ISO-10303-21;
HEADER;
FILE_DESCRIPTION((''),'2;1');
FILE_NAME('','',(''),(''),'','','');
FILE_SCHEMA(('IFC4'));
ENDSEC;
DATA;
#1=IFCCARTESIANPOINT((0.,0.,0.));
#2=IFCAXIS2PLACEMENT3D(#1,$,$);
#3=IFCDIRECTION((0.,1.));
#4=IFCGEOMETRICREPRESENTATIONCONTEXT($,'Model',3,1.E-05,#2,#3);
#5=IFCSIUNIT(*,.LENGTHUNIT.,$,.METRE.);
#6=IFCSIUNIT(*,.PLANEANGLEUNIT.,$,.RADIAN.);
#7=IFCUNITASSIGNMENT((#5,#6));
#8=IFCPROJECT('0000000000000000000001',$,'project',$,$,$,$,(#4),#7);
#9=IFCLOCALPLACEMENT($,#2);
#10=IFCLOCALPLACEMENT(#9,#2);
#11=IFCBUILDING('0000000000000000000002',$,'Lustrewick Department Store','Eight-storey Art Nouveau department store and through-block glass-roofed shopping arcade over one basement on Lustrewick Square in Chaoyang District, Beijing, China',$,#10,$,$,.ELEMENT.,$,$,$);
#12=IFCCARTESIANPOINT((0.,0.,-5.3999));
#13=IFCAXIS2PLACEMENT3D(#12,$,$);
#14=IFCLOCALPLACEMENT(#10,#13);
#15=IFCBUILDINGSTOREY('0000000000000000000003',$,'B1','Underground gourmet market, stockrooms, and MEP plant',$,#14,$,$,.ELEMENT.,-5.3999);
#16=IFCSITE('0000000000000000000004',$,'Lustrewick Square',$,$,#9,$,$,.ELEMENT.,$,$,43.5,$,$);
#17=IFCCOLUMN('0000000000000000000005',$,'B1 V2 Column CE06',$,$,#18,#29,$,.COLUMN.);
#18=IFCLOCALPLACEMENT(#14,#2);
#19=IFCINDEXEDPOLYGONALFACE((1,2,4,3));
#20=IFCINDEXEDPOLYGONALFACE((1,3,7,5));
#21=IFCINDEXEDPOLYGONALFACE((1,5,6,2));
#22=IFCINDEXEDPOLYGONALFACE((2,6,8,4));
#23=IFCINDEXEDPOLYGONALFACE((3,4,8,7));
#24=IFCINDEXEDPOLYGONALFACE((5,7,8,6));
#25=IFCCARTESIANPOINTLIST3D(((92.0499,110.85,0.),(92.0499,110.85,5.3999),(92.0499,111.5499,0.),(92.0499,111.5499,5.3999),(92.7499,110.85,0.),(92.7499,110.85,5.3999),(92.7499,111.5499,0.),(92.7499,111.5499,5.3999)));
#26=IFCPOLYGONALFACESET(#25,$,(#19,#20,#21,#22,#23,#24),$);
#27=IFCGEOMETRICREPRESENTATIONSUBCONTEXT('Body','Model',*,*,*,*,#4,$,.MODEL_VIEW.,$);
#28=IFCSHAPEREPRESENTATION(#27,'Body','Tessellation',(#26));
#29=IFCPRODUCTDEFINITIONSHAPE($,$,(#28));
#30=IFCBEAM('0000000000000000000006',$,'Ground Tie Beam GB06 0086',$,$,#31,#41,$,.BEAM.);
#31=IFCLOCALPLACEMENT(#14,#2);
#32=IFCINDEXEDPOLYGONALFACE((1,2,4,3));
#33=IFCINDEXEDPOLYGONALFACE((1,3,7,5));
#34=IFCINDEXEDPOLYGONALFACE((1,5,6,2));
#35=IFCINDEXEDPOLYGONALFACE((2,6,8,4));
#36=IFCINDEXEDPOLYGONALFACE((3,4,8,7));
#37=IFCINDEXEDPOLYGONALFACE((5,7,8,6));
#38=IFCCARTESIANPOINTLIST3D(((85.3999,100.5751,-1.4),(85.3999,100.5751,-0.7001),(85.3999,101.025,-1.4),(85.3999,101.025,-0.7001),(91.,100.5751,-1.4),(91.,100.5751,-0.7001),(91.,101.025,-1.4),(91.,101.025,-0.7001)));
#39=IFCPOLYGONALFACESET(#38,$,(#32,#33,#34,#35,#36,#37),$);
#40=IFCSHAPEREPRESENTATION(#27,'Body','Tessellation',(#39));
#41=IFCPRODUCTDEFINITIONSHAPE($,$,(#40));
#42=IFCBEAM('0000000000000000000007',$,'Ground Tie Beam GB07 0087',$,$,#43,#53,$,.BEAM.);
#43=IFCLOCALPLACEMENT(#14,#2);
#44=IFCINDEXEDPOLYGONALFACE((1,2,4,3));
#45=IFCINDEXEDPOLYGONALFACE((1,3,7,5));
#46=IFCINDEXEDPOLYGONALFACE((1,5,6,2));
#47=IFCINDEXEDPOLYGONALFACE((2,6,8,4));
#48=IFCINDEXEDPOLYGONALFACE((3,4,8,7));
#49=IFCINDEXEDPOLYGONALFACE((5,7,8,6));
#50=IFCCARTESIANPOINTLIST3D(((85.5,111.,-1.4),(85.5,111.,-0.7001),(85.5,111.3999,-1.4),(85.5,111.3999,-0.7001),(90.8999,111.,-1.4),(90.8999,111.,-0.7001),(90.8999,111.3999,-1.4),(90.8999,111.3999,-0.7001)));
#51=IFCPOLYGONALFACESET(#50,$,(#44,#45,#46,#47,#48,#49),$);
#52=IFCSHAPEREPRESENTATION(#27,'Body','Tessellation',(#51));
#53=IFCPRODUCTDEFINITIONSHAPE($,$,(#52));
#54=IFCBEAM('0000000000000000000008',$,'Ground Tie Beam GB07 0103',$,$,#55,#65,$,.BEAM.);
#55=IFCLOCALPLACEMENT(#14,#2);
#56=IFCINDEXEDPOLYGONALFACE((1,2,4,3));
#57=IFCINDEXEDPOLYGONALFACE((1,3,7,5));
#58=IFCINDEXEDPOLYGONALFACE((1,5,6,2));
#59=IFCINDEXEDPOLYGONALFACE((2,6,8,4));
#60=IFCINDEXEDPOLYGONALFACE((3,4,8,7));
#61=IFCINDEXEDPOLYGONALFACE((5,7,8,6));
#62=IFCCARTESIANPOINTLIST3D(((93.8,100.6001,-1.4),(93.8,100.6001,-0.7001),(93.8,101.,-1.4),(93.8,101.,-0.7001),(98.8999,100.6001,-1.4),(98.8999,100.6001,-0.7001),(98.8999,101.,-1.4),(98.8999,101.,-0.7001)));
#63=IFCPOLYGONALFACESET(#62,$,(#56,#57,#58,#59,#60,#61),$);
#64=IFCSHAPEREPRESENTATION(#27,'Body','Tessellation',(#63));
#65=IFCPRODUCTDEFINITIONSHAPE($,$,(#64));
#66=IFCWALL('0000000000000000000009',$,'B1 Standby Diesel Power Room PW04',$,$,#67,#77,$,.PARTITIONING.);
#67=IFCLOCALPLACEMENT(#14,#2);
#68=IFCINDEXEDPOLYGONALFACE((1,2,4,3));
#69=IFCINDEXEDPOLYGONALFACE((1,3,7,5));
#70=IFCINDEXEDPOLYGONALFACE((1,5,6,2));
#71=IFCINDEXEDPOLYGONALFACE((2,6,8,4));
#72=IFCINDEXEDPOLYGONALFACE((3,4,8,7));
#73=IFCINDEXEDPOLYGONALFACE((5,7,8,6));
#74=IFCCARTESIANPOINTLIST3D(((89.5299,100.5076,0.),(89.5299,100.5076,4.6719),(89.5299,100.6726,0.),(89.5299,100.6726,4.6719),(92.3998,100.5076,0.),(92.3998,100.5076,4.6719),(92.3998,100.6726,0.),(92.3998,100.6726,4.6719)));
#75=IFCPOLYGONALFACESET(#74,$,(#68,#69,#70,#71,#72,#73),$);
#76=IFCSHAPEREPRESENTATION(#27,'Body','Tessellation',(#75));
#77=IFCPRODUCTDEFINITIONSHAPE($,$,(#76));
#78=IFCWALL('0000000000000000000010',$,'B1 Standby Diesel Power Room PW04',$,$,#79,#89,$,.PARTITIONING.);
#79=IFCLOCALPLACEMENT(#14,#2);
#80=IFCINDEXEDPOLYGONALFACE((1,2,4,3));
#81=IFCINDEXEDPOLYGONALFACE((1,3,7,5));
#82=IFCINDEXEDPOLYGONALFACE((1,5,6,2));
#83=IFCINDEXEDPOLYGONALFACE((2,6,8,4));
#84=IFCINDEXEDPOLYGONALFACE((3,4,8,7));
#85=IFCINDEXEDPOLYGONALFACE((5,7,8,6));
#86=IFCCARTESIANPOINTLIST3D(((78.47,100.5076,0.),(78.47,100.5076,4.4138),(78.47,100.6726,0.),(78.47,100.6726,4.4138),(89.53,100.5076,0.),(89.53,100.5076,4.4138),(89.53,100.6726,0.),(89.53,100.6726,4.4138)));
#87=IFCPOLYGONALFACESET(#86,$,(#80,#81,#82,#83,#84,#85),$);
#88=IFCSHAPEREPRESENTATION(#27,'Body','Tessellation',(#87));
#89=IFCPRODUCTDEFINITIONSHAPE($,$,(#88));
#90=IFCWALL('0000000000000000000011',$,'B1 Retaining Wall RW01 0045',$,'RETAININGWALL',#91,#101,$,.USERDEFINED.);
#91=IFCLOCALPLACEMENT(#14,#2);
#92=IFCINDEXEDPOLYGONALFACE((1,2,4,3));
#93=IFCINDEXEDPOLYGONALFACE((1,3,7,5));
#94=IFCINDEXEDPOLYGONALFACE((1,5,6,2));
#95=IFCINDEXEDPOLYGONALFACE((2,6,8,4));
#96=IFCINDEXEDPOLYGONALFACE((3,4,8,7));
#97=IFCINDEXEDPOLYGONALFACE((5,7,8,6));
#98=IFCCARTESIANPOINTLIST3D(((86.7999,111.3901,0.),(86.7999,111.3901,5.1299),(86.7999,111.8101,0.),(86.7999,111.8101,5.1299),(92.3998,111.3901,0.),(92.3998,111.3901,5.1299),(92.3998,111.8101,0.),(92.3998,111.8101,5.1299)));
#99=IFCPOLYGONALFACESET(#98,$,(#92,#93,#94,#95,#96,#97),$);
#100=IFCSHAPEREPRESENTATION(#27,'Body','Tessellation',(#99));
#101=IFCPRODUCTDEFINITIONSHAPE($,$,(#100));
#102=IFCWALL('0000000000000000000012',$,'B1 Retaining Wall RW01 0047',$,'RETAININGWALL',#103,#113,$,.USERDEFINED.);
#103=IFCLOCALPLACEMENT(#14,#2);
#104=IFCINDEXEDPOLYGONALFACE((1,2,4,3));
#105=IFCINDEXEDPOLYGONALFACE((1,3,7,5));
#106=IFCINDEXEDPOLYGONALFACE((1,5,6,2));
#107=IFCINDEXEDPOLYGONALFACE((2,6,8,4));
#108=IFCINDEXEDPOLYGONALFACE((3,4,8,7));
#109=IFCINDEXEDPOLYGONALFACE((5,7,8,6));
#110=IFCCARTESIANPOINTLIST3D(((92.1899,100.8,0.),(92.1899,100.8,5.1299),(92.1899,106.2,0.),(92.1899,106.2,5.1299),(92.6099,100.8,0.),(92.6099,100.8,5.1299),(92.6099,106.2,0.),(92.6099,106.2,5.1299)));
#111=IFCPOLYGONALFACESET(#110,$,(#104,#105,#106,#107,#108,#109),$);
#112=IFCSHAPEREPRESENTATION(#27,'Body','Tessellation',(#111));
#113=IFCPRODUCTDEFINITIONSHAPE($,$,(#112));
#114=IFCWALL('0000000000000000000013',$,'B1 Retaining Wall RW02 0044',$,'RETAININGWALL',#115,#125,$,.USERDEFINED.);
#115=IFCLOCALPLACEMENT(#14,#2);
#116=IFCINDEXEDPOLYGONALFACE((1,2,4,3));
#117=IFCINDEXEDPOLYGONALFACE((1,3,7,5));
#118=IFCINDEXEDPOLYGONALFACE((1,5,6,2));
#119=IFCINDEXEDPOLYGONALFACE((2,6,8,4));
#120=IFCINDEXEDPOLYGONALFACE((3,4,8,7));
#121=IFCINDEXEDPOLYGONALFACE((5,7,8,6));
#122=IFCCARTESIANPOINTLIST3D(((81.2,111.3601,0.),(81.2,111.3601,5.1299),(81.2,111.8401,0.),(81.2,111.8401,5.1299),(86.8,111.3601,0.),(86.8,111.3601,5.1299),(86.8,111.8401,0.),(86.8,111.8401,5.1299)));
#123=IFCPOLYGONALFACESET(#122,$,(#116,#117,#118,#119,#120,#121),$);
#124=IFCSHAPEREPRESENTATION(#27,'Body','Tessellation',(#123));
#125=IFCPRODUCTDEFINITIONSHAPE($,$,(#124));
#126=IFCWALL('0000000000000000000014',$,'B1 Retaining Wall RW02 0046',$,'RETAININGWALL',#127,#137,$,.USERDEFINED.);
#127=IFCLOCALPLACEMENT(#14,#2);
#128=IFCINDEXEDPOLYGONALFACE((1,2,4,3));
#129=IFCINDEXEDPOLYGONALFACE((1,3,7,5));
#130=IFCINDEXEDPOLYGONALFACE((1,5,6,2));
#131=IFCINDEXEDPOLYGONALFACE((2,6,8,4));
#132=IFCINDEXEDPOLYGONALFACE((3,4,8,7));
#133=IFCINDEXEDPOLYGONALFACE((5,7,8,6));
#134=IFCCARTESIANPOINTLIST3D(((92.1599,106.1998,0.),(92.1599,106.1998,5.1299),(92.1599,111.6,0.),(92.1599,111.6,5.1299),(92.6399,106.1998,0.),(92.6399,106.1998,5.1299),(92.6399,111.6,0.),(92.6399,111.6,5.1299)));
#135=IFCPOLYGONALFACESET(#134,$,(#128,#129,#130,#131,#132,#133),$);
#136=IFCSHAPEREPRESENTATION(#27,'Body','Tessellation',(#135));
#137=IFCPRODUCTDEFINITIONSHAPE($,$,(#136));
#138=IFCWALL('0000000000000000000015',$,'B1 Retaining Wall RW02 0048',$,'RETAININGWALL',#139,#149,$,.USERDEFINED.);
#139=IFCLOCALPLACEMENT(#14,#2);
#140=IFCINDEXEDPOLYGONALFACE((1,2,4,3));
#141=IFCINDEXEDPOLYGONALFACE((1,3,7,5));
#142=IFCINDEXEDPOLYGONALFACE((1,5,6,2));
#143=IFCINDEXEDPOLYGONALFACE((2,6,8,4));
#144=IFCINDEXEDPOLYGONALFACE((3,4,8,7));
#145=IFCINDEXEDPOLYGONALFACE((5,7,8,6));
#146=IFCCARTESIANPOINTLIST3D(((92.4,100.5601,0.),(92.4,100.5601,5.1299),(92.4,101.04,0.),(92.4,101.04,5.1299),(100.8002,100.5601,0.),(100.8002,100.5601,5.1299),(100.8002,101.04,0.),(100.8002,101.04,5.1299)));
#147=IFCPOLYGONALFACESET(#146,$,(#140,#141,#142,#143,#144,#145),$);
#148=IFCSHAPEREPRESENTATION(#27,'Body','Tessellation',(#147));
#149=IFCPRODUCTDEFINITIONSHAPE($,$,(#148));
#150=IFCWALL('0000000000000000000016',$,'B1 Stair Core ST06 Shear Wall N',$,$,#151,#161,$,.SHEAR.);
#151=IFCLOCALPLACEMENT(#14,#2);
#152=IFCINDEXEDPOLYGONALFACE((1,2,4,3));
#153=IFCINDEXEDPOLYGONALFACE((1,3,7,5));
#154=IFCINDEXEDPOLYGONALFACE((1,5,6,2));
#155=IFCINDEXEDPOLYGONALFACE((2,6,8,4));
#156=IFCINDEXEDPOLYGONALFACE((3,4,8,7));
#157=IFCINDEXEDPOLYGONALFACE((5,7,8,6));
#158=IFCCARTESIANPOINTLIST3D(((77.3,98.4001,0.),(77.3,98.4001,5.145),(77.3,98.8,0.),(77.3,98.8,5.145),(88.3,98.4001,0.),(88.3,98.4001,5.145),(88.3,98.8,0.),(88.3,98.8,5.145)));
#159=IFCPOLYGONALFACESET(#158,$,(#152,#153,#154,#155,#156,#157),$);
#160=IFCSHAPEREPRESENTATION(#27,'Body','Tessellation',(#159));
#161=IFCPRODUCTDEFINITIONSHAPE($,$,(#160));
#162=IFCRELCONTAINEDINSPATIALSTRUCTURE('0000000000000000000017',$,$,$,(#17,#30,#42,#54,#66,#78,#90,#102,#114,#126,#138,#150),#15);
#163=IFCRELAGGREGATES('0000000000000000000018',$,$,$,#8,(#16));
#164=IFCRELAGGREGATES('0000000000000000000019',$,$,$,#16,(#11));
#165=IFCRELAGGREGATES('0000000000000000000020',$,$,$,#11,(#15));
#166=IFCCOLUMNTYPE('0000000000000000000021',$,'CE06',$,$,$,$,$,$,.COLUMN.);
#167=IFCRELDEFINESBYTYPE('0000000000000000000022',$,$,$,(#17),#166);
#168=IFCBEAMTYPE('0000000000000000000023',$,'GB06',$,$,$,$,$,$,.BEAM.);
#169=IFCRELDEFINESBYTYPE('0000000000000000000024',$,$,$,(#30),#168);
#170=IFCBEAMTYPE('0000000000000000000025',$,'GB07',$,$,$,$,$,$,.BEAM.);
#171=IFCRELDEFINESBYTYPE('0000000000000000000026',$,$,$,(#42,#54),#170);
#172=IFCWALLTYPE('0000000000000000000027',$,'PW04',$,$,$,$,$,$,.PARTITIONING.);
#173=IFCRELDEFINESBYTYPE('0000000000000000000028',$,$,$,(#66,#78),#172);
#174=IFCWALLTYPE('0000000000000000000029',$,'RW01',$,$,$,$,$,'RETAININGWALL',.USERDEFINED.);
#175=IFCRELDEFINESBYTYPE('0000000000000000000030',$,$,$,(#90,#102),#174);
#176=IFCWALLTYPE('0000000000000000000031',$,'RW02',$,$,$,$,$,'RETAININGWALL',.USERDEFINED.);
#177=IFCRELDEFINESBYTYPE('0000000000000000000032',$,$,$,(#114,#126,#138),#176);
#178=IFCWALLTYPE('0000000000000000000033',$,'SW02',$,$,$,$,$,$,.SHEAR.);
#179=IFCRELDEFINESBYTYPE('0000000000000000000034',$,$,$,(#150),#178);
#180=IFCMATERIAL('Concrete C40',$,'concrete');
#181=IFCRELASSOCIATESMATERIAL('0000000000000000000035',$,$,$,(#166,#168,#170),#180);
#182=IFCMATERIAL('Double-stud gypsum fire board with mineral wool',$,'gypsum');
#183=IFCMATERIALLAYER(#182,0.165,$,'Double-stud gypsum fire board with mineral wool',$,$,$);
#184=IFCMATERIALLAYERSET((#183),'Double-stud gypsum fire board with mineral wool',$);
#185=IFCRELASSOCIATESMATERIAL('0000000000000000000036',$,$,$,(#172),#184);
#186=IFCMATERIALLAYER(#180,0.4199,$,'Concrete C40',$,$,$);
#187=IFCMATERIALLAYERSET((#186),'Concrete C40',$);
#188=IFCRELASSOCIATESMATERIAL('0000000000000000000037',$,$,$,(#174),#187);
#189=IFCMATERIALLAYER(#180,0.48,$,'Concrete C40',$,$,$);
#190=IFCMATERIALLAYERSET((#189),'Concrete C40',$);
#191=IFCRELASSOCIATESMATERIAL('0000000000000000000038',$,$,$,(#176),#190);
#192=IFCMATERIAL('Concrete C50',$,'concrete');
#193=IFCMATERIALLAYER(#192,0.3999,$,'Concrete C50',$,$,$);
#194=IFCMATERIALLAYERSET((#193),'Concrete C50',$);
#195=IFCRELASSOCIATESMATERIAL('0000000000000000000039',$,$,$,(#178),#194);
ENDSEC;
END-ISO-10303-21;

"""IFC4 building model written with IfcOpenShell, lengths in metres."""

from ifc_helpers import new_model, si_unit, direction, frame, frame_2d, origin, origin_2d, place, context, subcontext, project, spatial, rectangle, extrude, material, layer, layer_set, material_profile, profile_set, type_object, element, save


model = new_model("IFC4")

# Units and contexts
model_context = context("Model", 3, precision=1e-05, world=origin(), true_north=direction((0.0, 1.0)))
body_context = subcontext(model_context, "Body", "Model", "MODEL_VIEW")
ifc_project = project(units=[si_unit("LENGTHUNIT", "METRE"), si_unit("PLANEANGLEUNIT", "RADIAN")], contexts=[model_context])

# Site, building, storey
site_placement = place(None, origin())
site = spatial("IfcSite", under=ifc_project, at=site_placement, Name="Lustrewick Square", CompositionType="ELEMENT", RefElevation=43.5)
building_placement = place(site_placement, origin())
building = spatial("IfcBuilding", under=site, at=building_placement, Name="Lustrewick Department Store", Description="Eight-storey Art Nouveau department store and through-block glass-roofed shopping arcade over one basement on Lustrewick Square in Chaoyang District, Beijing, China", CompositionType="ELEMENT")
storey_placement = place(building_placement, frame((0.0, 0.0, -5.3999)))
storey = spatial("IfcBuildingStorey", under=building, at=storey_placement, Name="B1", Description="Underground gourmet market, stockrooms, and MEP plant", CompositionType="ELEMENT", Elevation=-5.3999)

# Shared definitions
ifc_material_1 = material(Name="Concrete C40", Category="concrete")

# Column
ifc_material_2 = material(Name="Concrete C50", Category="concrete")
ifc_material_profile_1 = material_profile(ifc_material_1, rectangle(XDim=0.7, YDim=0.7, at=origin_2d()), Name="RC 700x700")
ifc_profile_set_1 = profile_set([ifc_material_profile_1], Name="Concrete C40")
column_type_1 = type_object("IfcColumnType", Name="CE06", PredefinedType="COLUMN", material=ifc_profile_set_1)
for number, where, z_axis, x_axis, name in (
    (1, (92.3999, 111.2, 0.0), (0.0, 0.0, 1.0), (1.0, 0.0, 0.0), "B1 V2 Column CE06"),
):
    element("IfcColumn", number, at=place(storey_placement, frame(where, z_axis=z_axis, x_axis=x_axis)), inside=storey, type_object=column_type_1, Name=name, PredefinedType="COLUMN", context=body_context, shape_type="SweptSolid", body=[
        extrude(rectangle(XDim=0.7, YDim=0.7, at=origin_2d()), origin(), (0.0, 0.0, 1.0), 5.3999),
    ])

# Beams
ifc_material_profile_2 = material_profile(ifc_material_1, rectangle(XDim=0.45, YDim=0.7, at=origin_2d()), Name="RC 450x700")
ifc_profile_set_2 = profile_set([ifc_material_profile_2], Name="Concrete C40")
beam_type_1 = type_object("IfcBeamType", Name="GB06", PredefinedType="BEAM", material=ifc_profile_set_2)
beam_1_placement = place(storey_placement, frame((85.3999, 100.8, -1.05), z_axis=(1.0, 0.0, 0.0), x_axis=(0.0, 1.0, 0.0)))
element("IfcBeam", 2, at=beam_1_placement, inside=storey, type_object=beam_type_1, Name="Ground Tie Beam GB06 0086", PredefinedType="BEAM", context=body_context, shape_type="SweptSolid", body=[
    extrude(rectangle(XDim=0.45, YDim=0.7, at=origin_2d()), origin(), (0.0, 0.0, 1.0), 5.6001),
])
ifc_material_profile_3 = material_profile(ifc_material_1, rectangle(XDim=0.3999, YDim=0.7, at=origin_2d()), Name="RC 400x700")
ifc_profile_set_3 = profile_set([ifc_material_profile_3], Name="Concrete C40")
beam_type_2 = type_object("IfcBeamType", Name="GB07", PredefinedType="BEAM", material=ifc_profile_set_3)
beam_2_placement = place(storey_placement, frame((85.5, 111.2, -1.05), z_axis=(1.0, 0.0, 0.0), x_axis=(0.0, 1.0, 0.0)))
element("IfcBeam", 3, at=beam_2_placement, inside=storey, type_object=beam_type_2, Name="Ground Tie Beam GB07 0087", PredefinedType="BEAM", context=body_context, shape_type="SweptSolid", body=[
    extrude(rectangle(XDim=0.3999, YDim=0.7, at=origin_2d()), origin(), (0.0, 0.0, 1.0), 5.3999),
])
beam_3_placement = place(storey_placement, frame((93.8, 100.8, -1.05), z_axis=(1.0, 0.0, 0.0), x_axis=(0.0, 1.0, 0.0)))
element("IfcBeam", 4, at=beam_3_placement, inside=storey, type_object=beam_type_2, Name="Ground Tie Beam GB07 0103", PredefinedType="BEAM", context=body_context, shape_type="SweptSolid", body=[
    extrude(rectangle(XDim=0.3999, YDim=0.7, at=origin_2d()), origin(), (0.0, 0.0, 1.0), 5.0999),
])

# Walls
ifc_material_3 = material(Name="Double-stud gypsum fire board with mineral wool", Category="gypsum")
ifc_layer_1 = layer(ifc_material_3, 0.165, Name="Double-stud gypsum fire board with mineral wool")
ifc_layer_set_1 = layer_set([ifc_layer_1], Name="Double-stud gypsum fire board with mineral wool")
wall_type_1 = type_object("IfcWallType", Name="PW04", PredefinedType="PARTITIONING", material=ifc_layer_set_1)
wall_1_placement = place(storey_placement, frame((92.3999, 100.5901, 0.0), z_axis=(0.0, 0.0, 1.0), x_axis=(-1.0, 0.0, 0.0)))
element("IfcWall", 5, at=wall_1_placement, inside=storey, type_object=wall_type_1, Name="B1 Standby Diesel Power Room PW04", PredefinedType="PARTITIONING", context=body_context, shape_type="SweptSolid", body=[
    extrude(rectangle(XDim=2.8699, YDim=0.165, at=frame_2d((1.4351, 0.0))), origin(), (0.0, 0.0, 1.0), 4.6719),
])
wall_2_placement = place(storey_placement, frame((89.53, 100.5901, 0.0), z_axis=(0.0, 0.0, 1.0), x_axis=(-1.0, 0.0, 0.0)))
element("IfcWall", 6, at=wall_2_placement, inside=storey, type_object=wall_type_1, Name="B1 Standby Diesel Power Room PW04", PredefinedType="PARTITIONING", context=body_context, shape_type="SweptSolid", body=[
    extrude(rectangle(XDim=11.0601, YDim=0.165, at=frame_2d((5.53, 0.0))), origin(), (0.0, 0.0, 1.0), 4.4138),
])
ifc_layer_2 = layer(ifc_material_1, 0.4199, Name="Concrete C40")
ifc_layer_set_2 = layer_set([ifc_layer_2], Name="Concrete C40")
wall_type_2 = type_object("IfcWallType", Name="RW01", ElementType="RETAININGWALL", PredefinedType="USERDEFINED", material=ifc_layer_set_2)
wall_3_placement = place(storey_placement, frame((86.8, 111.6001, 0.0), z_axis=(0.0, 0.0, 1.0), x_axis=(1.0, 0.0, 0.0)))
element("IfcWall", 7, at=wall_3_placement, inside=storey, type_object=wall_type_2, Name="B1 Retaining Wall RW01 0045", ObjectType="RETAININGWALL", PredefinedType="USERDEFINED", context=body_context, shape_type="SweptSolid", body=[
    extrude(rectangle(XDim=5.5999, YDim=0.4199, at=frame_2d((2.7998, 0.0))), origin(), (0.0, 0.0, 1.0), 5.1299),
])
wall_4_placement = place(storey_placement, frame((92.3999, 106.2, 0.0), z_axis=(0.0, 0.0, 1.0), x_axis=(0.0, -1.0, 0.0)))
element("IfcWall", 8, at=wall_4_placement, inside=storey, type_object=wall_type_2, Name="B1 Retaining Wall RW01 0047", ObjectType="RETAININGWALL", PredefinedType="USERDEFINED", context=body_context, shape_type="SweptSolid", body=[
    extrude(rectangle(XDim=5.3999, YDim=0.4199, at=frame_2d((2.7, 0.0))), origin(), (0.0, 0.0, 1.0), 5.1299),
])
ifc_layer_3 = layer(ifc_material_1, 0.48, Name="Concrete C40")
ifc_layer_set_3 = layer_set([ifc_layer_3], Name="Concrete C40")
wall_type_3 = type_object("IfcWallType", Name="RW02", ElementType="RETAININGWALL", PredefinedType="USERDEFINED", material=ifc_layer_set_3)
wall_5_placement = place(storey_placement, frame((81.2, 111.6001, 0.0), z_axis=(0.0, 0.0, 1.0), x_axis=(1.0, 0.0, 0.0)))
element("IfcWall", 9, at=wall_5_placement, inside=storey, type_object=wall_type_3, Name="B1 Retaining Wall RW02 0044", ObjectType="RETAININGWALL", PredefinedType="USERDEFINED", context=body_context, shape_type="SweptSolid", body=[
    extrude(rectangle(XDim=5.6001, YDim=0.48, at=frame_2d((2.8, 0.0))), origin(), (0.0, 0.0, 1.0), 5.1299),
])
wall_6_placement = place(storey_placement, frame((92.3999, 111.6001, 0.0), z_axis=(0.0, 0.0, 1.0), x_axis=(0.0, -1.0, 0.0)))
element("IfcWall", 10, at=wall_6_placement, inside=storey, type_object=wall_type_3, Name="B1 Retaining Wall RW02 0046", ObjectType="RETAININGWALL", PredefinedType="USERDEFINED", context=body_context, shape_type="SweptSolid", body=[
    extrude(rectangle(XDim=5.4001, YDim=0.48, at=frame_2d((2.7002, 0.0))), origin(), (0.0, 0.0, 1.0), 5.1299),
])
wall_7_placement = place(storey_placement, frame((92.3999, 100.8, 0.0), z_axis=(0.0, 0.0, 1.0), x_axis=(1.0, 0.0, 0.0)))
element("IfcWall", 11, at=wall_7_placement, inside=storey, type_object=wall_type_3, Name="B1 Retaining Wall RW02 0048", ObjectType="RETAININGWALL", PredefinedType="USERDEFINED", context=body_context, shape_type="SweptSolid", body=[
    extrude(rectangle(XDim=8.4001, YDim=0.48, at=frame_2d((4.2002, 0.0))), origin(), (0.0, 0.0, 1.0), 5.1299),
])
ifc_layer_4 = layer(ifc_material_2, 0.3999, Name="Concrete C50")
ifc_layer_set_4 = layer_set([ifc_layer_4], Name="Concrete C50")
wall_type_4 = type_object("IfcWallType", Name="SW02", PredefinedType="SHEAR", material=ifc_layer_set_4)
wall_8_placement = place(storey_placement, frame((88.3, 98.6001, 0.0), z_axis=(0.0, 0.0, 1.0), x_axis=(-1.0, 0.0, 0.0)))
element("IfcWall", 12, at=wall_8_placement, inside=storey, type_object=wall_type_4, Name="B1 Stair Core ST06 Shear Wall N", PredefinedType="SHEAR", context=body_context, shape_type="SweptSolid", body=[
    extrude(rectangle(XDim=11.0, YDim=0.3999, at=frame_2d((5.5, 0.0))), origin(), (0.0, 0.0, 1.0), 5.145),
])

save(model, "model.ifc")
